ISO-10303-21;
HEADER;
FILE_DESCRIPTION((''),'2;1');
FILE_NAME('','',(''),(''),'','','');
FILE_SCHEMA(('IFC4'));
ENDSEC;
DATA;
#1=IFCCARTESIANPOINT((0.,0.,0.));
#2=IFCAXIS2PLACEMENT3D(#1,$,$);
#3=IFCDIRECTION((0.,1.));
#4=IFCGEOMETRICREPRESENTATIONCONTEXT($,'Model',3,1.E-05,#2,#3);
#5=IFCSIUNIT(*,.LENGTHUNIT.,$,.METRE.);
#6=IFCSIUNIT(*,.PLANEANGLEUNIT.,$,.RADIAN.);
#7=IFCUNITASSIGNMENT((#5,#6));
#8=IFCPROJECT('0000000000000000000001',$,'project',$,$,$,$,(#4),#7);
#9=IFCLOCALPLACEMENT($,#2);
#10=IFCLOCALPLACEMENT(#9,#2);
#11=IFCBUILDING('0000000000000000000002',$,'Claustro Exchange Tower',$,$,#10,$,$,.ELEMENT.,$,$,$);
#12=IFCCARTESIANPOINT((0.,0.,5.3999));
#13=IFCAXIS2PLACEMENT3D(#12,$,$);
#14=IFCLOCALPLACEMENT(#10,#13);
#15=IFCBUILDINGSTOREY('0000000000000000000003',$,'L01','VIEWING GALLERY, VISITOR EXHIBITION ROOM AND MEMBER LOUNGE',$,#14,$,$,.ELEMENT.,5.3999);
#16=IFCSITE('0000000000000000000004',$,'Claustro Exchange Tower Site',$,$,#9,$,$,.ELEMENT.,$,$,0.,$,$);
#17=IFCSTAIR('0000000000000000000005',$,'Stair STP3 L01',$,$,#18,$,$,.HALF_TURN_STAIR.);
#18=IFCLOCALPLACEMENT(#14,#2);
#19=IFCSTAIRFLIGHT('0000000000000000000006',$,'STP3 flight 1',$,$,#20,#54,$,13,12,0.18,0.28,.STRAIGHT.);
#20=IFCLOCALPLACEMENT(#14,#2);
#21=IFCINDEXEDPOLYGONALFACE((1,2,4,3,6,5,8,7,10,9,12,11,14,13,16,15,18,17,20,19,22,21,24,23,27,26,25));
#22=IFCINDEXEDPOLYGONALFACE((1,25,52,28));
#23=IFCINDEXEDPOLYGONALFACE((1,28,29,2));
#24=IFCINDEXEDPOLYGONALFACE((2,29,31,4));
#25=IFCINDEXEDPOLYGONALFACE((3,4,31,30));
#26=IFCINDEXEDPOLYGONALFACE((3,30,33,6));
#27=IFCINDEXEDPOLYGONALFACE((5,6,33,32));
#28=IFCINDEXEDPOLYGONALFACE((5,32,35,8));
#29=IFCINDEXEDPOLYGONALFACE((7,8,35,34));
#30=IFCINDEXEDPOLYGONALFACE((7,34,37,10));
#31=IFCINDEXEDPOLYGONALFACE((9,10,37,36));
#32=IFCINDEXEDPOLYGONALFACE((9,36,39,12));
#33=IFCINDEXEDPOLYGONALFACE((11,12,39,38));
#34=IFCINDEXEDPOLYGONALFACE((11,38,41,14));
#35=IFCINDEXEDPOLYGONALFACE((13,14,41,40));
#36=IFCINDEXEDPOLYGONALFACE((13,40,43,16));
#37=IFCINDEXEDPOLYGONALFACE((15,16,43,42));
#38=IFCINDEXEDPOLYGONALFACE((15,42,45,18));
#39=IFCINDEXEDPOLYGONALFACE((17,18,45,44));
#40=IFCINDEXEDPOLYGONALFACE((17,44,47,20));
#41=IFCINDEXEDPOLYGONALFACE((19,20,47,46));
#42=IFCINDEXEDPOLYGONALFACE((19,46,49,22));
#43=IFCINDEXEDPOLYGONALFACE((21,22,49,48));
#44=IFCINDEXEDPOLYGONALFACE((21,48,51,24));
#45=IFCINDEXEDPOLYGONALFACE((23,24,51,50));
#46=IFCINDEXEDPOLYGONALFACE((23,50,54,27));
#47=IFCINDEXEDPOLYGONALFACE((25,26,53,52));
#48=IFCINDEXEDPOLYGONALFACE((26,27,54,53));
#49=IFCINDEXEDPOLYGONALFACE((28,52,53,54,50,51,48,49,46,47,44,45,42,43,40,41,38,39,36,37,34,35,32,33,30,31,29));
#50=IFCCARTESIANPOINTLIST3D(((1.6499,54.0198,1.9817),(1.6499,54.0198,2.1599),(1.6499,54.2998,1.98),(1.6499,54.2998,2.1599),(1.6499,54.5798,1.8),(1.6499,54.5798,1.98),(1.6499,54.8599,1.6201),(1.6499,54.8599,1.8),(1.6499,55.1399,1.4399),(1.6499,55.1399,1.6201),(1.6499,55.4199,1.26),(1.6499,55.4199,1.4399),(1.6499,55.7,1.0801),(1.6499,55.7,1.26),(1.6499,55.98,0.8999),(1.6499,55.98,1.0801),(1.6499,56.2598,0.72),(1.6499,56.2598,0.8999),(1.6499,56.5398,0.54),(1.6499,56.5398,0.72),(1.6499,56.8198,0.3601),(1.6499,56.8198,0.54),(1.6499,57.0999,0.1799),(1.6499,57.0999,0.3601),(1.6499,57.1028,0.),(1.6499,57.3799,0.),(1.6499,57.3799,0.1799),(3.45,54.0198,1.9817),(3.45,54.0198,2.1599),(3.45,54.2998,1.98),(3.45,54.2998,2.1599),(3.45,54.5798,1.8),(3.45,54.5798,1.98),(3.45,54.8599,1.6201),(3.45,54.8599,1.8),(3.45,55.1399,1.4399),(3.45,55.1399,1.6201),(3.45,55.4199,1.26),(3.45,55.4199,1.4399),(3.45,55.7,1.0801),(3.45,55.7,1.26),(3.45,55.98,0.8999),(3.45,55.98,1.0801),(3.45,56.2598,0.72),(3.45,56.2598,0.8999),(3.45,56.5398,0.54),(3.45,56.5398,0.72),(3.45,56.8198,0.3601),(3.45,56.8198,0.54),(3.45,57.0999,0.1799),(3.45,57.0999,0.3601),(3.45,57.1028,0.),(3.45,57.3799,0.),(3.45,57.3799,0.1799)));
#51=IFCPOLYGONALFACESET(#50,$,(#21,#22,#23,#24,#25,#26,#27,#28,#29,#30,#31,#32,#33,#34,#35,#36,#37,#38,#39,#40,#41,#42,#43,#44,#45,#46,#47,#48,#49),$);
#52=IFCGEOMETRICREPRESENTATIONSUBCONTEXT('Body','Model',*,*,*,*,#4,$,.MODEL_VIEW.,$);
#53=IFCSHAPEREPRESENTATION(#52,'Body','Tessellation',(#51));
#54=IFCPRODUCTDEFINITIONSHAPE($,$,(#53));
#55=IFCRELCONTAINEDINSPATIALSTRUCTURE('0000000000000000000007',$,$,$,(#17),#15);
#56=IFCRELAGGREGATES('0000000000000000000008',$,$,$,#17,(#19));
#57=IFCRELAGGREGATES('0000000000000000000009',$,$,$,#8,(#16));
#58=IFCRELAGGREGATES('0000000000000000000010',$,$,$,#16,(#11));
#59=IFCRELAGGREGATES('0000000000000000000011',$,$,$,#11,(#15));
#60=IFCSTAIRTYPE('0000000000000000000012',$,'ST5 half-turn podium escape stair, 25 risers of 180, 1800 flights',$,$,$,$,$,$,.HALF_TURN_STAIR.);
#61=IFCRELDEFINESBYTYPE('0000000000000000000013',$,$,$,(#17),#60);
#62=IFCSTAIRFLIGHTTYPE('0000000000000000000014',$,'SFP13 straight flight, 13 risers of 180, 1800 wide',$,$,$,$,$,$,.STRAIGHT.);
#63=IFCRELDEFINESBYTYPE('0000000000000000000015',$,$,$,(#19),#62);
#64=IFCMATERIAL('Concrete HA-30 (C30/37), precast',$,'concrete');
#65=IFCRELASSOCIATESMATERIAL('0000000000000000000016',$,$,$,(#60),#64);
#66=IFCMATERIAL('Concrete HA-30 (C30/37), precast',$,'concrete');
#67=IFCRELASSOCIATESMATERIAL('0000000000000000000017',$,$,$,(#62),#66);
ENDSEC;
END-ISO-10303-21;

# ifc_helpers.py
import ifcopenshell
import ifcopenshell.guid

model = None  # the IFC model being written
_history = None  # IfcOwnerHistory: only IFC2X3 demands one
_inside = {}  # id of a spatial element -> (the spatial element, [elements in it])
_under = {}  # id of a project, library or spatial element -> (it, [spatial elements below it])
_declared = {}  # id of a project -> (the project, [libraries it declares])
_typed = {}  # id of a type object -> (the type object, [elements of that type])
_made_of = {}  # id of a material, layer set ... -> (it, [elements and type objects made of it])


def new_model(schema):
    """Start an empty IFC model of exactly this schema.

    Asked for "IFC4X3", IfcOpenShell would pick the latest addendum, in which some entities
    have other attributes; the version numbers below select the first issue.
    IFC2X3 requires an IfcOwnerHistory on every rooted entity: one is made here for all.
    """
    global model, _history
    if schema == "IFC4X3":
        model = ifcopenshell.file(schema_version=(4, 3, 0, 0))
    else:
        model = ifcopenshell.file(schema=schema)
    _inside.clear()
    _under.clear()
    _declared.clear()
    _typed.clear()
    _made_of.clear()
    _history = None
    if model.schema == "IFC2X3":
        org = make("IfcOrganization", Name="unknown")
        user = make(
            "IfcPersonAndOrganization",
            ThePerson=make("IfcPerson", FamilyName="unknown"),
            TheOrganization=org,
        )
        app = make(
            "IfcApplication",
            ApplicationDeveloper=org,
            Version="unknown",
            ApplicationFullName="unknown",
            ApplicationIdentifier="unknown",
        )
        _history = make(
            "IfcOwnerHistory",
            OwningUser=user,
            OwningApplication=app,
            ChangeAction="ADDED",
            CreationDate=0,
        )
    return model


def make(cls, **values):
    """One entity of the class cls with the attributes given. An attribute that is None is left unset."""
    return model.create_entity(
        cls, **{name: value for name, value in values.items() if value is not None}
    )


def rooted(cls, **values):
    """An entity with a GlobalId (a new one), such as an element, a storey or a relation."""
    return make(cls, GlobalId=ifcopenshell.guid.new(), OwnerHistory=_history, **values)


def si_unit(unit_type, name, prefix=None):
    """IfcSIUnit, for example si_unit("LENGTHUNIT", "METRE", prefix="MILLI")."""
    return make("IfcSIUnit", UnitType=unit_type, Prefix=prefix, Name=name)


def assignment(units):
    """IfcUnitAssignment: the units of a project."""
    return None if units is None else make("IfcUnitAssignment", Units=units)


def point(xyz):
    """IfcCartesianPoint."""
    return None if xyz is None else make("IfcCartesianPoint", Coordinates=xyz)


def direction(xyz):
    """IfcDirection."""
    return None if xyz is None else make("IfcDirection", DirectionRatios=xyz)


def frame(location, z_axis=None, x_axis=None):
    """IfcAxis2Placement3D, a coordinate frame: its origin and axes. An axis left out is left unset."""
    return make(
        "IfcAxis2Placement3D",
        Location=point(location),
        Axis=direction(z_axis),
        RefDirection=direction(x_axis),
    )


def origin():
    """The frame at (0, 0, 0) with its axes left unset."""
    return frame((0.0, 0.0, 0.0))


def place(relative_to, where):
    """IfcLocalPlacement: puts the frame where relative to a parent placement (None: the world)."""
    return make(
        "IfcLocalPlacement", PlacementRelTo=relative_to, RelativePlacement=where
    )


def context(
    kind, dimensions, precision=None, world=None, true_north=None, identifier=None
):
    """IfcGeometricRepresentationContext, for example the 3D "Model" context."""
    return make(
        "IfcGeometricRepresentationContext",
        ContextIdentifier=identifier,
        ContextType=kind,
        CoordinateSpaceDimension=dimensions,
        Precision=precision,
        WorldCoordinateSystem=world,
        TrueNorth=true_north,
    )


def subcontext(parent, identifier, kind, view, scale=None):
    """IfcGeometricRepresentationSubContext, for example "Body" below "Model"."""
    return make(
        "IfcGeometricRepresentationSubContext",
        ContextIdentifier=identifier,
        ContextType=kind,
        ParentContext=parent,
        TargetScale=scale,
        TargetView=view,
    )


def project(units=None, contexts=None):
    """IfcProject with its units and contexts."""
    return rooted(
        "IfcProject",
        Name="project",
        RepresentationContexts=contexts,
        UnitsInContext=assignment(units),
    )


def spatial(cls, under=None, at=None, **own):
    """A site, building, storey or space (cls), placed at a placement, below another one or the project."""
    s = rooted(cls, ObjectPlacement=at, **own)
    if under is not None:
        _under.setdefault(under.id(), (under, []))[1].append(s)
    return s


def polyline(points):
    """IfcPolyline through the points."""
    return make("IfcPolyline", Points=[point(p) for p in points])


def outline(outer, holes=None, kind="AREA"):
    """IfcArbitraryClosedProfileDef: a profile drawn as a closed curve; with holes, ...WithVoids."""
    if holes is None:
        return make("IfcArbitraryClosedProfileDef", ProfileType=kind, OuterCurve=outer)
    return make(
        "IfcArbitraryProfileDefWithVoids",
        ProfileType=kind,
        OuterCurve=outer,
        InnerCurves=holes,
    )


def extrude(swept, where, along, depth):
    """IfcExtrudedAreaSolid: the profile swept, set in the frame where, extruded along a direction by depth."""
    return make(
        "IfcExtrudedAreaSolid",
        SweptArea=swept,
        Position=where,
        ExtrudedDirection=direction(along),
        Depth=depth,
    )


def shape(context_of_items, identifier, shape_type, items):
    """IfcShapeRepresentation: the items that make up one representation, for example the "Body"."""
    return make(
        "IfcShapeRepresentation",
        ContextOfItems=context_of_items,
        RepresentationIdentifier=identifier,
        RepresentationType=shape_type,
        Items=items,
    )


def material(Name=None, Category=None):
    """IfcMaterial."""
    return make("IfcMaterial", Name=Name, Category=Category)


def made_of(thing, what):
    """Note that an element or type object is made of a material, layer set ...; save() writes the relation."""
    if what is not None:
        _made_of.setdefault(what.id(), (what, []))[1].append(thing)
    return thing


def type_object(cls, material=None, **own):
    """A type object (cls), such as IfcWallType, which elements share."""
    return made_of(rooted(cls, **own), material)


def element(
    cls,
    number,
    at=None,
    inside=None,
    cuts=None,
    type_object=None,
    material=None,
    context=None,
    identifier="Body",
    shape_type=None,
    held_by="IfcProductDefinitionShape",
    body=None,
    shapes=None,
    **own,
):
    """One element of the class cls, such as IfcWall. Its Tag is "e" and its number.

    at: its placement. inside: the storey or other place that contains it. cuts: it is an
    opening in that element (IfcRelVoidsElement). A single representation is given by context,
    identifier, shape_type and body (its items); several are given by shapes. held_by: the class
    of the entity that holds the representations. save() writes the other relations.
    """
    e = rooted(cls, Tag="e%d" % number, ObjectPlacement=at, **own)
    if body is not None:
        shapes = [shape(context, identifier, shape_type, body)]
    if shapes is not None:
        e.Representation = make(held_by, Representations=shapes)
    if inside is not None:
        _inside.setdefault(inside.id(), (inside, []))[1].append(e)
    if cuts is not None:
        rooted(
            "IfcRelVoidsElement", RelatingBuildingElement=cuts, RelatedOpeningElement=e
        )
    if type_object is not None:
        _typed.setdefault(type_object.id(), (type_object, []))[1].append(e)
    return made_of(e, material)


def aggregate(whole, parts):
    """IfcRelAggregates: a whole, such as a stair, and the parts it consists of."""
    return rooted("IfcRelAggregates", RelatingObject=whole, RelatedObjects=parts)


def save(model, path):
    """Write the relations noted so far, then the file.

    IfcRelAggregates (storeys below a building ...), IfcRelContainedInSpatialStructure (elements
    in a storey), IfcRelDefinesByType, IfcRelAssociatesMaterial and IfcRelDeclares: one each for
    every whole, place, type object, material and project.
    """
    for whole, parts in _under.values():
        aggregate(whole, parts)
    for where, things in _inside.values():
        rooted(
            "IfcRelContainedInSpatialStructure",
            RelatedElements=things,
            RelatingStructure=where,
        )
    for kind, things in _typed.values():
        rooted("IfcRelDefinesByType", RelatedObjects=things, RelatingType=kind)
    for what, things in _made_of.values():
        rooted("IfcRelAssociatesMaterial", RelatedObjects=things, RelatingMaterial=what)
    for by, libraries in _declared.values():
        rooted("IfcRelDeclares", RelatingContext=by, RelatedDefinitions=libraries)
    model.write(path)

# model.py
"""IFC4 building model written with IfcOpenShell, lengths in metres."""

from ifc_helpers import new_model, si_unit, direction, frame, origin, place, context, subcontext, project, spatial, polyline, outline, extrude, material, type_object, element, aggregate, save


model = new_model("IFC4")

# Units and contexts
model_context = context("Model", 3, precision=1e-05, world=origin(), true_north=direction((0.0, 1.0)))
body_context = subcontext(model_context, "Body", "Model", "MODEL_VIEW")
ifc_project = project(units=[si_unit("LENGTHUNIT", "METRE"), si_unit("PLANEANGLEUNIT", "RADIAN")], contexts=[model_context])

# Site, building, storey
site_placement = place(None, origin())
site = spatial("IfcSite", under=ifc_project, at=site_placement, Name="Claustro Exchange Tower Site", CompositionType="ELEMENT", RefElevation=0.0)
building_placement = place(site_placement, origin())
building = spatial("IfcBuilding", under=site, at=building_placement, Name="Claustro Exchange Tower", CompositionType="ELEMENT")
storey_placement = place(building_placement, frame((0.0, 0.0, 5.3999)))
storey = spatial("IfcBuildingStorey", under=building, at=storey_placement, Name="L01", Description="VIEWING GALLERY, VISITOR EXHIBITION ROOM AND MEMBER LOUNGE", CompositionType="ELEMENT", Elevation=5.3999)

# Stair, stair flight
ifc_material_1 = material(Name="Concrete HA-30 (C30/37), precast", Category="concrete")
stair_type = type_object("IfcStairType", Name="ST5 half-turn podium escape stair, 25 risers of 180, 1800 flights", PredefinedType="HALF_TURN_STAIR", material=ifc_material_1)
stair_placement = place(storey_placement, origin())
stair = element("IfcStair", 1, at=stair_placement, inside=storey, type_object=stair_type, Name="Stair STP3 L01", PredefinedType="HALF_TURN_STAIR")
ifc_material_2 = material(Name="Concrete HA-30 (C30/37), precast", Category="concrete")
stair_flight_type_1 = type_object("IfcStairFlightType", Name="SFP13 straight flight, 13 risers of 180, 1800 wide", PredefinedType="STRAIGHT", material=ifc_material_2)
stair_flight_1_placement = place(storey_placement, frame((2.55, 57.3799, 0.0), z_axis=(0.0, 0.0, 1.0), x_axis=(0.0, -1.0, 0.0)))
stair_flight_1 = element("IfcStairFlight", 2, at=stair_flight_1_placement, type_object=stair_flight_type_1, Name="STP3 flight 1", NumberOfRisers=13, NumberOfTreads=12, PredefinedType="STRAIGHT", RiserHeight=0.18, TreadLength=0.28, context=body_context, shape_type="SweptSolid", body=[
    extrude(outline(polyline([(0.0, 0.0), (0.0, 0.1799), (0.28, 0.1799), (0.28, 0.3601), (0.5601, 0.3601), (0.5601, 0.54), (0.8401, 0.54), (0.8401, 0.72), (1.1201, 0.72), (1.1201, 0.8999), (1.3999, 0.8999), (1.3999, 1.0801), (1.6799, 1.0801), (1.6799, 1.26), (1.96, 1.26), (1.96, 1.4399), (2.24, 1.4399), (2.24, 1.6201), (2.52, 1.6201), (2.52, 1.8), (2.8, 1.8), (2.8, 1.98), (3.0801, 1.98), (3.0801, 2.1599), (3.3601, 2.1599), (3.3601, 2.3401), (3.3601, 1.9817), (0.2771, 0.0), (0.0, 0.0)])), frame((0.0, 0.8999, 0.0), z_axis=(0.0, -1.0, 0.0), x_axis=(1.0, 0.0, 0.0)), (0.0, 0.0, 1.0), 1.8),
])
aggregate(stair, [stair_flight_1])

save(model, "model.ifc")
